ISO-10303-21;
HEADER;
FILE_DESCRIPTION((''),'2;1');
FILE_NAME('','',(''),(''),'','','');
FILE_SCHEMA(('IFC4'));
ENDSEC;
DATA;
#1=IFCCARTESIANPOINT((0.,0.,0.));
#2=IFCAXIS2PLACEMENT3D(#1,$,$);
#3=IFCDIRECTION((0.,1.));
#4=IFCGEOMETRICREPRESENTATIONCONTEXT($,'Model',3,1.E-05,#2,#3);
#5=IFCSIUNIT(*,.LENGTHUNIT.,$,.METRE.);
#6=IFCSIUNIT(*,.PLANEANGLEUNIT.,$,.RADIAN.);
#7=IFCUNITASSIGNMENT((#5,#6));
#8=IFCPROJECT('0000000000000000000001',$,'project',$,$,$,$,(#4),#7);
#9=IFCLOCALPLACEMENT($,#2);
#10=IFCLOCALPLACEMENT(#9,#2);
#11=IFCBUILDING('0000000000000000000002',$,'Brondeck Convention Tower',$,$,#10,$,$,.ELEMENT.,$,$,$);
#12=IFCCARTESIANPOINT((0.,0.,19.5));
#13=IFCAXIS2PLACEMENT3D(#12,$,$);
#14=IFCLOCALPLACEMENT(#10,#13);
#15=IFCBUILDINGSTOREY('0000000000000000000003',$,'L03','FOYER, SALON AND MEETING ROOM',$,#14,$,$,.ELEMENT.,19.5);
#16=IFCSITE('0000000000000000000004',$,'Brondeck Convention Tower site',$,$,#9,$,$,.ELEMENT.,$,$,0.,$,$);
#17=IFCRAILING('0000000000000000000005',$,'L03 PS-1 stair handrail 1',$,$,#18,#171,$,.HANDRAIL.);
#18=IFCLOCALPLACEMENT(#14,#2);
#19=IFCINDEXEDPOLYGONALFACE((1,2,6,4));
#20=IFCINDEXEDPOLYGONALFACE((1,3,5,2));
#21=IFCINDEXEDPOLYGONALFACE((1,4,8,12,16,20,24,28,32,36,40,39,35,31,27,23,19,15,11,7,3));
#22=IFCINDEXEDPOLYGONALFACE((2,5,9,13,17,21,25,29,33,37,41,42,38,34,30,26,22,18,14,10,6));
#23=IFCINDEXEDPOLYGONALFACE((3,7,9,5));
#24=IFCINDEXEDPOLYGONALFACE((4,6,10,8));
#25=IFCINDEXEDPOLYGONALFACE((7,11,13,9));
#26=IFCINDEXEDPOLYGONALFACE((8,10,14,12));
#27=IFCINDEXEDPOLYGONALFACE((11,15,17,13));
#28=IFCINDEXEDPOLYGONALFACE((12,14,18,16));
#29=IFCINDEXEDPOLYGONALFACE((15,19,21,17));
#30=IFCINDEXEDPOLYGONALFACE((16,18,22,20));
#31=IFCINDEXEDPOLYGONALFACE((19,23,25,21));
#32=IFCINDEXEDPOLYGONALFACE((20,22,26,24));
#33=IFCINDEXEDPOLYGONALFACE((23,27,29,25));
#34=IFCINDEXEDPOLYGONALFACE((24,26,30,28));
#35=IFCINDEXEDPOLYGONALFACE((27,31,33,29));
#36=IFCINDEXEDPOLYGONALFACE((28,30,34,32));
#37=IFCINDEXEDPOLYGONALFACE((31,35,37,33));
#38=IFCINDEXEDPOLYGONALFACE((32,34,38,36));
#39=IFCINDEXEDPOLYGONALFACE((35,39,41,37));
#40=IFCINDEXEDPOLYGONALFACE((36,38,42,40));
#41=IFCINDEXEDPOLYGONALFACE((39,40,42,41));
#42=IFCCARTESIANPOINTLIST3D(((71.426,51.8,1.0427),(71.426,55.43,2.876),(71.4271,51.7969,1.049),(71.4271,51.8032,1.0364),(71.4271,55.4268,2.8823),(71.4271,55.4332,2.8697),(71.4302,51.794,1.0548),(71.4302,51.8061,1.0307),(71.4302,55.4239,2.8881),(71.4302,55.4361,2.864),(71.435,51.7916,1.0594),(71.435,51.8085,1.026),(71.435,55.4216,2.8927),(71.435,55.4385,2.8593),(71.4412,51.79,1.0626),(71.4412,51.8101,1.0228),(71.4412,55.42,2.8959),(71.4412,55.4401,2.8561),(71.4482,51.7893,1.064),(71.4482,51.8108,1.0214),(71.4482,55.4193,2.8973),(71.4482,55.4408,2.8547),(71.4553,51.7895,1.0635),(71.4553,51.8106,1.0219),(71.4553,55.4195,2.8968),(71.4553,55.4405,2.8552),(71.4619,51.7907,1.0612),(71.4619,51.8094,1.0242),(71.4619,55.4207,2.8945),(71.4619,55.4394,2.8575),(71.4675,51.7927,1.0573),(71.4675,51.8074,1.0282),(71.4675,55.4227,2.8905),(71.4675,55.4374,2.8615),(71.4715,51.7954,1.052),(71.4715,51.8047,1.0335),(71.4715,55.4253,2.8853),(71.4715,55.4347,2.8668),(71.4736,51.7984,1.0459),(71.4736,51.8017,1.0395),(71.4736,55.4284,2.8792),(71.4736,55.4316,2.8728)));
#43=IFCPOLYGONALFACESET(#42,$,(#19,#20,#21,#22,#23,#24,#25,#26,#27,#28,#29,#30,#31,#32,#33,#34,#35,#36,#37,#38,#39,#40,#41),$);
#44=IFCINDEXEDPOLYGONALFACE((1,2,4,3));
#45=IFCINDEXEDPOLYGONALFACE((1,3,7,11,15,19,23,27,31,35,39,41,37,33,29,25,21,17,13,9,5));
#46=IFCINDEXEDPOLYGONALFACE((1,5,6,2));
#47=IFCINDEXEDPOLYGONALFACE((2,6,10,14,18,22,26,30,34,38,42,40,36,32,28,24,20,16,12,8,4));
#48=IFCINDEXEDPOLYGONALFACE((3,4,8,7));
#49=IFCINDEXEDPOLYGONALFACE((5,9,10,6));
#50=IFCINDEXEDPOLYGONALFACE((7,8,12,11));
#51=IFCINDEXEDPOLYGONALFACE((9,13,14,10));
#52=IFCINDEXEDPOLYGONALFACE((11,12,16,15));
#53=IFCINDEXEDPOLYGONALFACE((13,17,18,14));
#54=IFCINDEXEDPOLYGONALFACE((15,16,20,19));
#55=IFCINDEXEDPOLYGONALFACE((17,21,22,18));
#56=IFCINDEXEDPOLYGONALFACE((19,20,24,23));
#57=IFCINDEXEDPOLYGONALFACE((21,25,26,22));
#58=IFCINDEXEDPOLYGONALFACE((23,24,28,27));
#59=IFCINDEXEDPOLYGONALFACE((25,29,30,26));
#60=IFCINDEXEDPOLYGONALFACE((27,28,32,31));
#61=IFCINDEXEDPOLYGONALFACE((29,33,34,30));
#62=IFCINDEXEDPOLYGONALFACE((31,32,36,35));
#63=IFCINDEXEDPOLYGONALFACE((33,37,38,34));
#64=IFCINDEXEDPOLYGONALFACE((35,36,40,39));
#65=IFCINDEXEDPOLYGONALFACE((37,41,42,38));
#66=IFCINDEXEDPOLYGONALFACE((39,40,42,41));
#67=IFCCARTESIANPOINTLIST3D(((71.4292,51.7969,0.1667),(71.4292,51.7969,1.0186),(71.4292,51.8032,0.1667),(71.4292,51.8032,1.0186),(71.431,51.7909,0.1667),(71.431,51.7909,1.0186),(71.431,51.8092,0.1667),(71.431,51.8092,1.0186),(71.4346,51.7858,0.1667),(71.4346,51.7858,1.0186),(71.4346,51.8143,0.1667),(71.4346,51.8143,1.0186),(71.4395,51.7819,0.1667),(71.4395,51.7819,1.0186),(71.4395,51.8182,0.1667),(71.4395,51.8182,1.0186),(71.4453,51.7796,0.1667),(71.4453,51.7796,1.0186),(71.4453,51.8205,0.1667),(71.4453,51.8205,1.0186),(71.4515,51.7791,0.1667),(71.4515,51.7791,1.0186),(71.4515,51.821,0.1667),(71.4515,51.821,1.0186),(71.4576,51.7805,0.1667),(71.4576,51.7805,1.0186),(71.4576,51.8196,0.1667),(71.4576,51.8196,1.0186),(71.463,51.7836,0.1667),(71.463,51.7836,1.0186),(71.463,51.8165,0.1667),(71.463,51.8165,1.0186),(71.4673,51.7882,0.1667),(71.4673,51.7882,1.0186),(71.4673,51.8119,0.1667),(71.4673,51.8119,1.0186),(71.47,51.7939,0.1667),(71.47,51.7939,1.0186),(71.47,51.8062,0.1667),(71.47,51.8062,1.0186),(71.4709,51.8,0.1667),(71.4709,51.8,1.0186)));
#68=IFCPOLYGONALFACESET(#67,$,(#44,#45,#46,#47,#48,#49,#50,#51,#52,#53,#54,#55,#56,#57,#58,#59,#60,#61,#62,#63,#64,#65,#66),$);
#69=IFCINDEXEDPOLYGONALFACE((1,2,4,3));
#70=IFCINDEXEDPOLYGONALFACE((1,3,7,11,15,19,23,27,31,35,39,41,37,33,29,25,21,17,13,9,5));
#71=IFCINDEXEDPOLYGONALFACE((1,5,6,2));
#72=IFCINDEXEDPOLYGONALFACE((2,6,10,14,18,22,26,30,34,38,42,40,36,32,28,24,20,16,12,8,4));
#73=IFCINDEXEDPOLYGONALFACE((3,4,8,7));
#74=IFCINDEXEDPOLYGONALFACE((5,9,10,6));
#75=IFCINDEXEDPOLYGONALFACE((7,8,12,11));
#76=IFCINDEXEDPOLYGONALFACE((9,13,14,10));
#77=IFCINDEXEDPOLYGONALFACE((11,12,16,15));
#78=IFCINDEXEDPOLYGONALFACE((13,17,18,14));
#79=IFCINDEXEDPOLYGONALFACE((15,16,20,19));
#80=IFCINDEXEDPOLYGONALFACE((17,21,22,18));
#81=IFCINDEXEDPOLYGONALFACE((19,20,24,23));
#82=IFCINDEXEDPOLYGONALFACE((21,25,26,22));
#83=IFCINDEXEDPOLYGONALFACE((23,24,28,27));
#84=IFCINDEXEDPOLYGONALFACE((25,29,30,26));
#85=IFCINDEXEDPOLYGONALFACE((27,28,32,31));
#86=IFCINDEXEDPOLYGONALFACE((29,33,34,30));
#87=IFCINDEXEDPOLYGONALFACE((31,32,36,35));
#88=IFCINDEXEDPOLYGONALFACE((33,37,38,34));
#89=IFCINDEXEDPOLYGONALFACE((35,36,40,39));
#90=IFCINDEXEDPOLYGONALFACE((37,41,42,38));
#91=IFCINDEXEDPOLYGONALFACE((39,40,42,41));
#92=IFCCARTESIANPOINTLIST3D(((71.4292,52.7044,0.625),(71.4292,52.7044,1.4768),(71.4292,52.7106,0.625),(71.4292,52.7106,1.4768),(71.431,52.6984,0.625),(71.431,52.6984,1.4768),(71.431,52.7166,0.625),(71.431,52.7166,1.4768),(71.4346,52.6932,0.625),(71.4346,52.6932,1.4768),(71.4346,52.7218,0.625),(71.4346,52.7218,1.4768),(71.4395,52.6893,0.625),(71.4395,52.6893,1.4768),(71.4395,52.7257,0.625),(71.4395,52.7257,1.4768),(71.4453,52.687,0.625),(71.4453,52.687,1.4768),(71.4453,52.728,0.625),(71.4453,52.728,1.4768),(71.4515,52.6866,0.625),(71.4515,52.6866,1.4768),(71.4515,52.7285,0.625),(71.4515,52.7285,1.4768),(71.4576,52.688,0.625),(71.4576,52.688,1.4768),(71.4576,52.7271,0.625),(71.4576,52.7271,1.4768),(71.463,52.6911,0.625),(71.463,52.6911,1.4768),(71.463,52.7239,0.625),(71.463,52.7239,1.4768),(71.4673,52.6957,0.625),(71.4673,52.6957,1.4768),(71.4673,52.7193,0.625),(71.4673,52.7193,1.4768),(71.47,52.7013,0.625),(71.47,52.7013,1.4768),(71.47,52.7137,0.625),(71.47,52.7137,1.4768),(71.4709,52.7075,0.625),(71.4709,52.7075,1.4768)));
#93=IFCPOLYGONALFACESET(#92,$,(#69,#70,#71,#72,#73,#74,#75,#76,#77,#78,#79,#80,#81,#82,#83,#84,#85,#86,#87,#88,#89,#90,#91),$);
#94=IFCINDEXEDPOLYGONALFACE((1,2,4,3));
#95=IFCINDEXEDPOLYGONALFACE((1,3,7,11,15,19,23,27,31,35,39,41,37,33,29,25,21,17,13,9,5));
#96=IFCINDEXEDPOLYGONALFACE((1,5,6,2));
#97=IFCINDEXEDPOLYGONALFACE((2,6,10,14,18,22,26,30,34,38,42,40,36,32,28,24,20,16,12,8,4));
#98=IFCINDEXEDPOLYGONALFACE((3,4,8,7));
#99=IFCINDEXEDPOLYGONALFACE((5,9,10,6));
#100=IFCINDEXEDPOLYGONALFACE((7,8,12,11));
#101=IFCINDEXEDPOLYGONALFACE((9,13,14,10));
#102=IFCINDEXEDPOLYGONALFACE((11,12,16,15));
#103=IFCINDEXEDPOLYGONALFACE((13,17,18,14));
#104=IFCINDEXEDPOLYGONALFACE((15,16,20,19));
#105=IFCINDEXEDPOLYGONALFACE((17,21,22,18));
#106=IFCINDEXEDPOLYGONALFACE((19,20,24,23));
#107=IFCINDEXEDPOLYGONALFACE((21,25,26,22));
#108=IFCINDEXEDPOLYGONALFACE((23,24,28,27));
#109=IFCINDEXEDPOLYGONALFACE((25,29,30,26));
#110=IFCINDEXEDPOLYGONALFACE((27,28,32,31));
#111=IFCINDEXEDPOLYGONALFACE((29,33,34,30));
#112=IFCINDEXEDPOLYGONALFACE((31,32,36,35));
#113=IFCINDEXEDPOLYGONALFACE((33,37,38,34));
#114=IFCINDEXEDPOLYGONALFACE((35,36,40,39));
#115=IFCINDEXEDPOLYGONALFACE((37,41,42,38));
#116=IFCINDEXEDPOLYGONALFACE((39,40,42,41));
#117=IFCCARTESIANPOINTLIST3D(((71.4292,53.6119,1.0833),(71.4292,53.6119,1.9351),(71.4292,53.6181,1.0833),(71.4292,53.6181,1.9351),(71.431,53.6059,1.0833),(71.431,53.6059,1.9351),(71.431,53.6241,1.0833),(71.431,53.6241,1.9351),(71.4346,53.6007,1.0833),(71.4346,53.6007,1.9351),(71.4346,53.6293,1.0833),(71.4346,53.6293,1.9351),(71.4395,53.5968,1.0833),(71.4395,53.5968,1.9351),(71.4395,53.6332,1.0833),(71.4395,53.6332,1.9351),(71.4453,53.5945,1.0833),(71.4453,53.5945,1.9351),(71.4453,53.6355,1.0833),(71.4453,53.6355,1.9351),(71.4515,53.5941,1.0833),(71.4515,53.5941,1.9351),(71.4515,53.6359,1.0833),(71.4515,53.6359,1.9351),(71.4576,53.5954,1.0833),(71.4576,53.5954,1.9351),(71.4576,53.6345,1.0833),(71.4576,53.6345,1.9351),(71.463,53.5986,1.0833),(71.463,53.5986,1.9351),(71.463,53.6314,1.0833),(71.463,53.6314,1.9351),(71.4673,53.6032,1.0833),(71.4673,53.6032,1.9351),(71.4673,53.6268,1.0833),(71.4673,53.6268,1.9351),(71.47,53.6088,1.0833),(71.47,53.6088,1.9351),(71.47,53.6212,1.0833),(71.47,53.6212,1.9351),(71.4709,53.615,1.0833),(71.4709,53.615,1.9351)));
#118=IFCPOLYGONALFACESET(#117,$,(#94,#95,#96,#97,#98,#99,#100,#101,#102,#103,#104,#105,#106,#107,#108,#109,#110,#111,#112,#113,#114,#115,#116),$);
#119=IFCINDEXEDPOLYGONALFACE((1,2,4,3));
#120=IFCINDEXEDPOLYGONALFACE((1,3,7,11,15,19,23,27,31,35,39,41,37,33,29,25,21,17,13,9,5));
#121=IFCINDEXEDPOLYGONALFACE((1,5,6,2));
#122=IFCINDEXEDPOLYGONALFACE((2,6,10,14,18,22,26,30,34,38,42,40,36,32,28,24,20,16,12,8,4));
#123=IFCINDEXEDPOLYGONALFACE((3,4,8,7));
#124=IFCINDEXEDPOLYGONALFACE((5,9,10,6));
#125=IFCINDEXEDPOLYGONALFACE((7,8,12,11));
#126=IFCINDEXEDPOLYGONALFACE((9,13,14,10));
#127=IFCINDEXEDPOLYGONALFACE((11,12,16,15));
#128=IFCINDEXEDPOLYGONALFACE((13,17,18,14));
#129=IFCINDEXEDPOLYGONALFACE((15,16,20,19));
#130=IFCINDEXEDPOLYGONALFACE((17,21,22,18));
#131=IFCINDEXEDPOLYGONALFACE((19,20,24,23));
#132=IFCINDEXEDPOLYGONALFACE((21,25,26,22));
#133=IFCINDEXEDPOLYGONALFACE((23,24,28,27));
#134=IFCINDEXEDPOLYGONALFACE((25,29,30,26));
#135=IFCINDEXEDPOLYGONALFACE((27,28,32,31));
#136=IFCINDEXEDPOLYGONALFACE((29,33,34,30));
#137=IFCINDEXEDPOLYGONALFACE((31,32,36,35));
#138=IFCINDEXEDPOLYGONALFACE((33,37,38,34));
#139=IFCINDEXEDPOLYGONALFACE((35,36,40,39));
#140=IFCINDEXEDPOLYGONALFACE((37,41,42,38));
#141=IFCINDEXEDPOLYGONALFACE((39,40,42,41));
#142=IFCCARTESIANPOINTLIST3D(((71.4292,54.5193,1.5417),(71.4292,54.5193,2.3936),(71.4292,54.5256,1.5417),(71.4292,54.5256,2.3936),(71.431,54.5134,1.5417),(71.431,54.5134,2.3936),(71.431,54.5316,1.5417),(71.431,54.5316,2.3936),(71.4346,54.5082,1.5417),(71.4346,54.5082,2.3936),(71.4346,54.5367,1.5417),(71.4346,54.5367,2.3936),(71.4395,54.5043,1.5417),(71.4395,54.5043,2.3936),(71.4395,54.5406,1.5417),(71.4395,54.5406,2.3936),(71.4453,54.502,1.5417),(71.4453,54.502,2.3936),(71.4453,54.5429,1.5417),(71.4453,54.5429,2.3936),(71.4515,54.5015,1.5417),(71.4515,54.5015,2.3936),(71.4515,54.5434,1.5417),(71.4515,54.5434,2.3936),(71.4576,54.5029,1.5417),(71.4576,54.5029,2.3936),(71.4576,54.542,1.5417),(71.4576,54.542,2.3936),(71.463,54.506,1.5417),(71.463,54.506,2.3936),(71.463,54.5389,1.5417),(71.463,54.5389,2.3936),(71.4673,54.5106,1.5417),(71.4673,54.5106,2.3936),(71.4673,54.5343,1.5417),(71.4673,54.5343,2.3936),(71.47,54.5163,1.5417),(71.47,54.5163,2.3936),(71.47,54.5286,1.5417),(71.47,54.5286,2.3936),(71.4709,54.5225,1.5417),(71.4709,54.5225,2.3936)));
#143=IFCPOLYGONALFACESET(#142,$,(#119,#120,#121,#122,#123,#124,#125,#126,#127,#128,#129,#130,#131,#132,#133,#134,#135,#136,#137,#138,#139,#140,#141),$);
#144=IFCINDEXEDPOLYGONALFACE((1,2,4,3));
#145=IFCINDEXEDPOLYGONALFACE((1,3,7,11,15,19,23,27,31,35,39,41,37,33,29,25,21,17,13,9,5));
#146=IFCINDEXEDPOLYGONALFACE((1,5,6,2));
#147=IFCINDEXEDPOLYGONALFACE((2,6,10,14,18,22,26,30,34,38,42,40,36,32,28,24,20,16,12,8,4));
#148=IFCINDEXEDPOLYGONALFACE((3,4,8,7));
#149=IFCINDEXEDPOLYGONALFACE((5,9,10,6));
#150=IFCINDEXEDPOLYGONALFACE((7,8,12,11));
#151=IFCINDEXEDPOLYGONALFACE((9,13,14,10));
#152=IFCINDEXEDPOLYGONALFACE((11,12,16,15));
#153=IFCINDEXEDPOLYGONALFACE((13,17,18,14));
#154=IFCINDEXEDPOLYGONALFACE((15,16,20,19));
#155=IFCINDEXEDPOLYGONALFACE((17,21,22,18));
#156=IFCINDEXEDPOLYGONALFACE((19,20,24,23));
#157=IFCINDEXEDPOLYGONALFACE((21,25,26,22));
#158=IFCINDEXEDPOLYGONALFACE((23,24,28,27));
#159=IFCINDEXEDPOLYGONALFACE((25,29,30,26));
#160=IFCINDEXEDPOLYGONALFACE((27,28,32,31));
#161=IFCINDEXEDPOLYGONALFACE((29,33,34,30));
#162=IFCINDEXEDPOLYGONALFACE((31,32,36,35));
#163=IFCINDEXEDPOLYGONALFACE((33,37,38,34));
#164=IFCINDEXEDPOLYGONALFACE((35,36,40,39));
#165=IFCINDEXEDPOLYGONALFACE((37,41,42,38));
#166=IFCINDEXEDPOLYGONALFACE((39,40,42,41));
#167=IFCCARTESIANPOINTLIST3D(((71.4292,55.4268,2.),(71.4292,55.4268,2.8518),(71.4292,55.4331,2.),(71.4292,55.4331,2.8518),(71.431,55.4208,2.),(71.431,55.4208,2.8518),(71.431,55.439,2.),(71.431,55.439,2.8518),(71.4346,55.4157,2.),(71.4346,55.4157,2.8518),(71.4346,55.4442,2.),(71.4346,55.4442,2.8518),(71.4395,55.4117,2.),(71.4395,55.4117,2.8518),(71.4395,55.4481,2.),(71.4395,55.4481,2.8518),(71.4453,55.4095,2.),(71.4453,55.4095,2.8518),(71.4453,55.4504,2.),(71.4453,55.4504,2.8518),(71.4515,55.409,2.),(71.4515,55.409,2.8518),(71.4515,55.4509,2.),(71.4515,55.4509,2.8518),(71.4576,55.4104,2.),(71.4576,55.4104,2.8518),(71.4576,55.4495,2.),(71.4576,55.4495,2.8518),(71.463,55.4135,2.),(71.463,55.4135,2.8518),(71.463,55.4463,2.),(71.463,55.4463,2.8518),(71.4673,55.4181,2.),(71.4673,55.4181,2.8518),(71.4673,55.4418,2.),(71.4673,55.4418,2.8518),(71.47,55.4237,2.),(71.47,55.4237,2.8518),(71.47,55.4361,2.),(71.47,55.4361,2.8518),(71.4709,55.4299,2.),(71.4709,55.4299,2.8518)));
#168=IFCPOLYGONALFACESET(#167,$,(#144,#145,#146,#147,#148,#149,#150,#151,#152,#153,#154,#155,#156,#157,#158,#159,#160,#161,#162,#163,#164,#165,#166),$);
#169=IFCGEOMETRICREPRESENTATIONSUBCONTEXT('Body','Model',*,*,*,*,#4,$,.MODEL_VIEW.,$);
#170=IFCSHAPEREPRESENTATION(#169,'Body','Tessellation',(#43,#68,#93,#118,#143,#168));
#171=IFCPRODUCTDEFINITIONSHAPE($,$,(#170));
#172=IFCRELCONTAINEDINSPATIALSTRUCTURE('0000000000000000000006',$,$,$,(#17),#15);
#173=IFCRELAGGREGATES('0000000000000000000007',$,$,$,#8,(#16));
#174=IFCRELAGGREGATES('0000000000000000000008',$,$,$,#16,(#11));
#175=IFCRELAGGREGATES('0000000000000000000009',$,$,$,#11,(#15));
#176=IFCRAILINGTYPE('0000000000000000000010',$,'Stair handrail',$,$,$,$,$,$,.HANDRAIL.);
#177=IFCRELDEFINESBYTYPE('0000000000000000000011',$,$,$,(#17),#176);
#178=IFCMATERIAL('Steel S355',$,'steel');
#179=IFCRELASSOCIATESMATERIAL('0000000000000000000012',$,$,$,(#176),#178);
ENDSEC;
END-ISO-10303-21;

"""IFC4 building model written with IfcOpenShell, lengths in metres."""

from ifc_helpers import new_model, si_unit, direction, frame, origin, origin_2d, place, context, subcontext, project, spatial, circle, extrude, material, type_object, element, save


model = new_model("IFC4")

# Units and contexts
model_context = context("Model", 3, precision=1e-05, world=origin(), true_north=direction((0.0, 1.0)))
body_context = subcontext(model_context, "Body", "Model", "MODEL_VIEW")
ifc_project = project(units=[si_unit("LENGTHUNIT", "METRE"), si_unit("PLANEANGLEUNIT", "RADIAN")], contexts=[model_context])

# Site, building, storey
site_placement = place(None, origin())
site = spatial("IfcSite", under=ifc_project, at=site_placement, Name="Brondeck Convention Tower site", CompositionType="ELEMENT", RefElevation=0.0)
building_placement = place(site_placement, origin())
building = spatial("IfcBuilding", under=site, at=building_placement, Name="Brondeck Convention Tower", CompositionType="ELEMENT")
storey_placement = place(building_placement, frame((0.0, 0.0, 19.5)))
storey = spatial("IfcBuildingStorey", under=building, at=storey_placement, Name="L03", Description="FOYER, SALON AND MEETING ROOM", CompositionType="ELEMENT", Elevation=19.5)

# Railing
ifc_material_1 = material(Name="Steel S355", Category="steel")
railing_type_1 = type_object("IfcRailingType", Name="Stair handrail", PredefinedType="HANDRAIL", material=ifc_material_1)
railing_1_placement = place(storey_placement, frame((71.45, 51.8, 0.1667)))
element("IfcRailing", 1, at=railing_1_placement, inside=storey, type_object=railing_type_1, Name="L03 PS-1 stair handrail 1", PredefinedType="HANDRAIL", context=body_context, shape_type="SweptSolid", body=[
    extrude(circle(Radius=0.0239, at=origin_2d()), frame((0.0, 0.0, 0.876), z_axis=(0.0, 0.892619, 0.450812), x_axis=(-1.0, 0.0, 0.0)), (0.0, 0.0, 1.0), 4.0667),
    extrude(circle(Radius=0.021, at=origin_2d()), origin(), (0.0, 0.0, 1.0), 0.8518),
    extrude(circle(Radius=0.021, at=origin_2d()), frame((0.0, 0.9075, 0.4583)), (0.0, 0.0, 1.0), 0.8518),
    extrude(circle(Radius=0.021, at=origin_2d()), frame((0.0, 1.8149, 0.9165)), (0.0, 0.0, 1.0), 0.8518),
    extrude(circle(Radius=0.021, at=origin_2d()), frame((0.0, 2.7224, 1.375)), (0.0, 0.0, 1.0), 0.8518),
    extrude(circle(Radius=0.021, at=origin_2d()), frame((0.0, 3.6299, 1.8333)), (0.0, 0.0, 1.0), 0.8518),
])

save(model, "model.ifc")
